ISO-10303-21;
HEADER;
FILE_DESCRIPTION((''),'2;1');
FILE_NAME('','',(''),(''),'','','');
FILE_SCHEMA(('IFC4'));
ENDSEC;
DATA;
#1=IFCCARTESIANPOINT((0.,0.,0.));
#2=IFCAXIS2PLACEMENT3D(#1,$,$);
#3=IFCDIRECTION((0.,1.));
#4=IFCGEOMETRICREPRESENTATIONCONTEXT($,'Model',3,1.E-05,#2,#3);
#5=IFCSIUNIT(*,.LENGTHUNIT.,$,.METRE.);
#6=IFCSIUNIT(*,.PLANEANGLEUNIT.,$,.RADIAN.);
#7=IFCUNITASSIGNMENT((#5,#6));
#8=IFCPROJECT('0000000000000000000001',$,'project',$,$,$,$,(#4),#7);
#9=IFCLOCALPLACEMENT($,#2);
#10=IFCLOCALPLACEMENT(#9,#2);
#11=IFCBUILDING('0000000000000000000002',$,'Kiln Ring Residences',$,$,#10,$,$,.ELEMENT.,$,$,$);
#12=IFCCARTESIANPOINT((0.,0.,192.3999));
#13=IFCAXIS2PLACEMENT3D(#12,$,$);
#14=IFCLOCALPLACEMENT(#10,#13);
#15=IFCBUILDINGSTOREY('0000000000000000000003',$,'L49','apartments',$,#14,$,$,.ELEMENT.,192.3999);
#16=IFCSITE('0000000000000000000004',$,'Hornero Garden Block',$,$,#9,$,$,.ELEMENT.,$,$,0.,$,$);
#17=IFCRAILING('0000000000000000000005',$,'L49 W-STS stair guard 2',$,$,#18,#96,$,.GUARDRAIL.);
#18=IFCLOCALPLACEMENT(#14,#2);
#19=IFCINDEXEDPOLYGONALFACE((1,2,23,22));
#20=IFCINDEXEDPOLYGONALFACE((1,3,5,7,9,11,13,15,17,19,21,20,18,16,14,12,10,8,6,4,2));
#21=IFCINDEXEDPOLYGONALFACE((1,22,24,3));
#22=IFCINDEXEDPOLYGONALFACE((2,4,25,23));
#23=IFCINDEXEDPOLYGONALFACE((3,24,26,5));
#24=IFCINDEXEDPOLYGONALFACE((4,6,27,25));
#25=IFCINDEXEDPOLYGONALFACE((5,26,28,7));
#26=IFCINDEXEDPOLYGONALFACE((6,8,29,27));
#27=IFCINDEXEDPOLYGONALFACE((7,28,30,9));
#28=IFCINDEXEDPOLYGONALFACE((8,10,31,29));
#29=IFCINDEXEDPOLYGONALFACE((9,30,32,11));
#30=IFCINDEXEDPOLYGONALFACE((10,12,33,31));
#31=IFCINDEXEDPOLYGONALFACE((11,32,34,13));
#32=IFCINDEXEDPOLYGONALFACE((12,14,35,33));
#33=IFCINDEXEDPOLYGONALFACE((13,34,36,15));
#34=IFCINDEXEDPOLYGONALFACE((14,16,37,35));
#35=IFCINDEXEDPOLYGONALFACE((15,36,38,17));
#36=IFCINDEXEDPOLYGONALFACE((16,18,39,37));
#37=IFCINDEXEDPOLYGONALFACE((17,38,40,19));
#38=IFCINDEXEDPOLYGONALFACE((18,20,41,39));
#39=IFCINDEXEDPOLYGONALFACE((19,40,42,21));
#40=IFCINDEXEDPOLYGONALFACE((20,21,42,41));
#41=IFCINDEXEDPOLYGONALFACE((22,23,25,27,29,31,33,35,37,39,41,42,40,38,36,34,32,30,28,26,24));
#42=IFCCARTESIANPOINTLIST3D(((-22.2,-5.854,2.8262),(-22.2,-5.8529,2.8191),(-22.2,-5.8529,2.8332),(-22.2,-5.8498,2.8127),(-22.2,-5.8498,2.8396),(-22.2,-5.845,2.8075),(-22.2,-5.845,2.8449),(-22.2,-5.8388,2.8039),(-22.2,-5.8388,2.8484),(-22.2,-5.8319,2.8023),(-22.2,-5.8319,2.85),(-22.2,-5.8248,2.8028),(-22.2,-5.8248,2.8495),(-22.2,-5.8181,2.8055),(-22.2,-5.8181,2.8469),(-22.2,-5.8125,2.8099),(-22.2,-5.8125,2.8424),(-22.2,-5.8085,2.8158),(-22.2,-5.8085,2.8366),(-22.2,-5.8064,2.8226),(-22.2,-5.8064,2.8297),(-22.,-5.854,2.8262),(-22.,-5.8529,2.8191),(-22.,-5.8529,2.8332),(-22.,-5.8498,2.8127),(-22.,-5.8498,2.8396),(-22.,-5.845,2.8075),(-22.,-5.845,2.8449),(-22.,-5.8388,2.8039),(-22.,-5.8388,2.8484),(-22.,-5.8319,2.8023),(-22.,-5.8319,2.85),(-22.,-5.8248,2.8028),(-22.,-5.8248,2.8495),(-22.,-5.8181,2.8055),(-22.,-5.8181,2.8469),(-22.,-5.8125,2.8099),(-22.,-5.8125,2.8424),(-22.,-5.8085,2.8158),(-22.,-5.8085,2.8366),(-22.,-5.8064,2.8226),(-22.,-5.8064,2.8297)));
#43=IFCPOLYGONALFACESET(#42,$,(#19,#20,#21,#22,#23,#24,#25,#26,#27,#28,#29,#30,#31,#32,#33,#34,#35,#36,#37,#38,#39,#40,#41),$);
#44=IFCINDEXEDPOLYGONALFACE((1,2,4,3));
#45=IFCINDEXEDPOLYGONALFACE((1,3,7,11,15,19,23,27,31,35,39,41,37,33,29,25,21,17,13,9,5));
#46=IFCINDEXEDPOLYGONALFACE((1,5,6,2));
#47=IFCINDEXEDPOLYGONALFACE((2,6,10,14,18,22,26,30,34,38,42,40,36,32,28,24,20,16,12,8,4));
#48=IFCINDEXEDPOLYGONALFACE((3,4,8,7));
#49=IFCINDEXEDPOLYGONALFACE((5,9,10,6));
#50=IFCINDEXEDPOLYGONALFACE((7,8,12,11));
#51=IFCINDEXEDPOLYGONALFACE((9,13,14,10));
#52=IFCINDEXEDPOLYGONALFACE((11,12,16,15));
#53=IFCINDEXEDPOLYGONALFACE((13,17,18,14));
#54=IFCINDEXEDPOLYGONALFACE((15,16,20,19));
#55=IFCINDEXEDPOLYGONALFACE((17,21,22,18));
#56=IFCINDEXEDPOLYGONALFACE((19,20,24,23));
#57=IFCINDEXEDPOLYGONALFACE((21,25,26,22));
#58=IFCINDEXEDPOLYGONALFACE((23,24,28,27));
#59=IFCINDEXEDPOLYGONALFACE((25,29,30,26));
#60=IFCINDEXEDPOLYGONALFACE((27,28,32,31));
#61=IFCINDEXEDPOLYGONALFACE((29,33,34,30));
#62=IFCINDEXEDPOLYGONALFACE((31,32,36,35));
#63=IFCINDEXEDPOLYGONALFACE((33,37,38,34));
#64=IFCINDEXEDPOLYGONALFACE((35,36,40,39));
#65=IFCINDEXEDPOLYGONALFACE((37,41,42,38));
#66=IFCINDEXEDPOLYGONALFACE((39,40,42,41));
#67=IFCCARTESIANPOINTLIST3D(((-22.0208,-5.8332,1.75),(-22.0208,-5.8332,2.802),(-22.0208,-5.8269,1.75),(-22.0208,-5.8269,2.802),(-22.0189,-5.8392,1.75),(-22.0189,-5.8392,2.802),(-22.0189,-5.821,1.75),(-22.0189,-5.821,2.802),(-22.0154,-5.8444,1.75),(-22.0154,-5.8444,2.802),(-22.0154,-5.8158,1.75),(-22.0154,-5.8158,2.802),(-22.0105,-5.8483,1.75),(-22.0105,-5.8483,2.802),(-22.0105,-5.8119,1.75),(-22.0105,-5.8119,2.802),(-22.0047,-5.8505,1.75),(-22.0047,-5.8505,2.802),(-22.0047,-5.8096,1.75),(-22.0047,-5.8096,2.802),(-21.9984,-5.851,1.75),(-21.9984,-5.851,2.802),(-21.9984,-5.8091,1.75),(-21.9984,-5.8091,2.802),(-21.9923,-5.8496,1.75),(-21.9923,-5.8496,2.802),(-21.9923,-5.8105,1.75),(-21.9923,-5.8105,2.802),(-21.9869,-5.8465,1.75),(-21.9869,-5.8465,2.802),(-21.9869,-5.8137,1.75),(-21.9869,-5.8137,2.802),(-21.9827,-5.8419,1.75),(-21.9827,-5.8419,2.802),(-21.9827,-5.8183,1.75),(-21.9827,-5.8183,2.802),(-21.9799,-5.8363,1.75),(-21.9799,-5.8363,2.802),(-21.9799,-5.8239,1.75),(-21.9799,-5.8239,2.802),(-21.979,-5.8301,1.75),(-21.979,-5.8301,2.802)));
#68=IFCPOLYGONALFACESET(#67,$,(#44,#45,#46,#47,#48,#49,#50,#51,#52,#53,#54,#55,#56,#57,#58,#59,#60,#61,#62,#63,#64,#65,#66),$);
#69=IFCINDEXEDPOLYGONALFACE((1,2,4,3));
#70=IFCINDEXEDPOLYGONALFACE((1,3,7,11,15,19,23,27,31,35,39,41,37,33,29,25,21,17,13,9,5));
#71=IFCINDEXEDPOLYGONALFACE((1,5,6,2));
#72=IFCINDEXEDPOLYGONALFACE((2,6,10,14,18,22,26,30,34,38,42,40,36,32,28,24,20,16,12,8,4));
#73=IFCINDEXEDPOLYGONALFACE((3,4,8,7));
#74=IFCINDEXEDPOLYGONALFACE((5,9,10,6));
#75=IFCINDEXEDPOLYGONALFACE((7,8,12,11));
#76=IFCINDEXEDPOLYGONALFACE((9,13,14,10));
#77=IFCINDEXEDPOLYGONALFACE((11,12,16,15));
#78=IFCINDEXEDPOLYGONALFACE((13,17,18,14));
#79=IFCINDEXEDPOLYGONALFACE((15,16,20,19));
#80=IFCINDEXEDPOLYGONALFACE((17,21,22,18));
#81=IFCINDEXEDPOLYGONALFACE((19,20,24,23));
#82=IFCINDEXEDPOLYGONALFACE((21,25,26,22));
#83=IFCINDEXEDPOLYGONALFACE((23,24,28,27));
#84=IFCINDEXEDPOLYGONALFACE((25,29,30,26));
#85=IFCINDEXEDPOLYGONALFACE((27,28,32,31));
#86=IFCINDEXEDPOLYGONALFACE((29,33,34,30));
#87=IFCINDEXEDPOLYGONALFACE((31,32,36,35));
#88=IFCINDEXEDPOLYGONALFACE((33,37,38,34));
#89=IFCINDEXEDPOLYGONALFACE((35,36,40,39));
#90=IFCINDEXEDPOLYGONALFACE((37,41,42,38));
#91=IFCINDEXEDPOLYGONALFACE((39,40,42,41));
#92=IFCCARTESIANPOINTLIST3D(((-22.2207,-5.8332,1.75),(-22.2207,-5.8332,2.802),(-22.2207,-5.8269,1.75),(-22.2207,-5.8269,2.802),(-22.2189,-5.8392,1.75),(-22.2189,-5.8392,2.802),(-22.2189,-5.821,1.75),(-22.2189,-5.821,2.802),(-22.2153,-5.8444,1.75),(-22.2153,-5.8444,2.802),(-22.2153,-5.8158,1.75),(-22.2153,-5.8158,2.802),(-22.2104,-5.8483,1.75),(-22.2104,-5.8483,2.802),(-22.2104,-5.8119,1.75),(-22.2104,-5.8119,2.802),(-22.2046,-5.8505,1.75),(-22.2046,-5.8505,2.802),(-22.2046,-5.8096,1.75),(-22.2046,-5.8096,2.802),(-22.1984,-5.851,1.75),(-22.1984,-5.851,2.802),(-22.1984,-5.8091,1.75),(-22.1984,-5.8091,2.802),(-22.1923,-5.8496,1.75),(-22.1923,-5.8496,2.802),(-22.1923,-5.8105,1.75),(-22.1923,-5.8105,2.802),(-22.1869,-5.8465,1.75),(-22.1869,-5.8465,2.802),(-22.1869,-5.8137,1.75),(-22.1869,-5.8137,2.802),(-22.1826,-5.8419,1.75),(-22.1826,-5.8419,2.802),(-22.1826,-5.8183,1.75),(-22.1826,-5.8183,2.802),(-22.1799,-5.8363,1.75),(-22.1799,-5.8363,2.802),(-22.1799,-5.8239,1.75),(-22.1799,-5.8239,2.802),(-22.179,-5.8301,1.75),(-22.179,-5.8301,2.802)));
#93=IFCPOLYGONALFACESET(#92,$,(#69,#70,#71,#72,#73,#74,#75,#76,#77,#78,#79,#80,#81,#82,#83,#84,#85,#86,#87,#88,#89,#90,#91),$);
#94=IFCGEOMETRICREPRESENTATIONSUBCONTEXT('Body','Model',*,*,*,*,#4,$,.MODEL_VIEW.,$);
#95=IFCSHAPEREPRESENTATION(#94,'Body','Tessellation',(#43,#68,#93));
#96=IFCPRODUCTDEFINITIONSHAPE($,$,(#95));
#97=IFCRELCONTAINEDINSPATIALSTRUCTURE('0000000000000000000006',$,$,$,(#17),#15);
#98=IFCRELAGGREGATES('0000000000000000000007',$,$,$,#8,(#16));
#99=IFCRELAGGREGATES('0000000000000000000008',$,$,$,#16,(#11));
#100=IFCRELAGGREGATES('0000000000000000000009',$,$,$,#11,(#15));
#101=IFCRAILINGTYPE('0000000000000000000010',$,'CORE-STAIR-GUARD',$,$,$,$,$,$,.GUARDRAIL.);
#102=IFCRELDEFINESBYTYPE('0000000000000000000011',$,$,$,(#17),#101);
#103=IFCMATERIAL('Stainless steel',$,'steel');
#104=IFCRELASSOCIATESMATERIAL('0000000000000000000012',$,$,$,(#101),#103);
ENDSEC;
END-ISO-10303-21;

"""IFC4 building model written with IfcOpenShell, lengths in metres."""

from ifc_helpers import new_model, si_unit, direction, frame, origin, origin_2d, place, context, subcontext, project, spatial, circle, extrude, material, type_object, element, save


model = new_model("IFC4")

# Units and contexts
model_context = context("Model", 3, precision=1e-05, world=origin(), true_north=direction((0.0, 1.0)))
body_context = subcontext(model_context, "Body", "Model", "MODEL_VIEW")
ifc_project = project(units=[si_unit("LENGTHUNIT", "METRE"), si_unit("PLANEANGLEUNIT", "RADIAN")], contexts=[model_context])

# Site, building, storey
site_placement = place(None, origin())
site = spatial("IfcSite", under=ifc_project, at=site_placement, Name="Hornero Garden Block", CompositionType="ELEMENT", RefElevation=0.0)
building_placement = place(site_placement, origin())
building = spatial("IfcBuilding", under=site, at=building_placement, Name="Kiln Ring Residences", CompositionType="ELEMENT")
storey_placement = place(building_placement, frame((0.0, 0.0, 192.3999)))
storey = spatial("IfcBuildingStorey", under=building, at=storey_placement, Name="L49", Description="apartments", CompositionType="ELEMENT", Elevation=192.3999)

# Railing
ifc_material_1 = material(Name="Stainless steel", Category="steel")
railing_type_1 = type_object("IfcRailingType", Name="CORE-STAIR-GUARD", PredefinedType="GUARDRAIL", material=ifc_material_1)
railing_1_placement = place(storey_placement, frame((-22.0, -5.8301, 1.75)))
element("IfcRailing", 1, at=railing_1_placement, inside=storey, type_object=railing_type_1, Name="L49 W-STS stair guard 2", PredefinedType="GUARDRAIL", context=body_context, shape_type="SweptSolid", body=[
    extrude(circle(Radius=0.0239, at=origin_2d()), frame((0.0, 0.0, 1.0762), z_axis=(-1.0, 0.0, 0.0), x_axis=(0.0, -1.0, 0.0)), (0.0, 0.0, 1.0), 0.2),
    extrude(circle(Radius=0.021, at=origin_2d()), origin(), (0.0, 0.0, 1.0), 1.052),
    extrude(circle(Radius=0.021, at=origin_2d()), frame((-0.2, 0.0, 0.0)), (0.0, 0.0, 1.0), 1.052),
])

save(model, "model.ifc")
